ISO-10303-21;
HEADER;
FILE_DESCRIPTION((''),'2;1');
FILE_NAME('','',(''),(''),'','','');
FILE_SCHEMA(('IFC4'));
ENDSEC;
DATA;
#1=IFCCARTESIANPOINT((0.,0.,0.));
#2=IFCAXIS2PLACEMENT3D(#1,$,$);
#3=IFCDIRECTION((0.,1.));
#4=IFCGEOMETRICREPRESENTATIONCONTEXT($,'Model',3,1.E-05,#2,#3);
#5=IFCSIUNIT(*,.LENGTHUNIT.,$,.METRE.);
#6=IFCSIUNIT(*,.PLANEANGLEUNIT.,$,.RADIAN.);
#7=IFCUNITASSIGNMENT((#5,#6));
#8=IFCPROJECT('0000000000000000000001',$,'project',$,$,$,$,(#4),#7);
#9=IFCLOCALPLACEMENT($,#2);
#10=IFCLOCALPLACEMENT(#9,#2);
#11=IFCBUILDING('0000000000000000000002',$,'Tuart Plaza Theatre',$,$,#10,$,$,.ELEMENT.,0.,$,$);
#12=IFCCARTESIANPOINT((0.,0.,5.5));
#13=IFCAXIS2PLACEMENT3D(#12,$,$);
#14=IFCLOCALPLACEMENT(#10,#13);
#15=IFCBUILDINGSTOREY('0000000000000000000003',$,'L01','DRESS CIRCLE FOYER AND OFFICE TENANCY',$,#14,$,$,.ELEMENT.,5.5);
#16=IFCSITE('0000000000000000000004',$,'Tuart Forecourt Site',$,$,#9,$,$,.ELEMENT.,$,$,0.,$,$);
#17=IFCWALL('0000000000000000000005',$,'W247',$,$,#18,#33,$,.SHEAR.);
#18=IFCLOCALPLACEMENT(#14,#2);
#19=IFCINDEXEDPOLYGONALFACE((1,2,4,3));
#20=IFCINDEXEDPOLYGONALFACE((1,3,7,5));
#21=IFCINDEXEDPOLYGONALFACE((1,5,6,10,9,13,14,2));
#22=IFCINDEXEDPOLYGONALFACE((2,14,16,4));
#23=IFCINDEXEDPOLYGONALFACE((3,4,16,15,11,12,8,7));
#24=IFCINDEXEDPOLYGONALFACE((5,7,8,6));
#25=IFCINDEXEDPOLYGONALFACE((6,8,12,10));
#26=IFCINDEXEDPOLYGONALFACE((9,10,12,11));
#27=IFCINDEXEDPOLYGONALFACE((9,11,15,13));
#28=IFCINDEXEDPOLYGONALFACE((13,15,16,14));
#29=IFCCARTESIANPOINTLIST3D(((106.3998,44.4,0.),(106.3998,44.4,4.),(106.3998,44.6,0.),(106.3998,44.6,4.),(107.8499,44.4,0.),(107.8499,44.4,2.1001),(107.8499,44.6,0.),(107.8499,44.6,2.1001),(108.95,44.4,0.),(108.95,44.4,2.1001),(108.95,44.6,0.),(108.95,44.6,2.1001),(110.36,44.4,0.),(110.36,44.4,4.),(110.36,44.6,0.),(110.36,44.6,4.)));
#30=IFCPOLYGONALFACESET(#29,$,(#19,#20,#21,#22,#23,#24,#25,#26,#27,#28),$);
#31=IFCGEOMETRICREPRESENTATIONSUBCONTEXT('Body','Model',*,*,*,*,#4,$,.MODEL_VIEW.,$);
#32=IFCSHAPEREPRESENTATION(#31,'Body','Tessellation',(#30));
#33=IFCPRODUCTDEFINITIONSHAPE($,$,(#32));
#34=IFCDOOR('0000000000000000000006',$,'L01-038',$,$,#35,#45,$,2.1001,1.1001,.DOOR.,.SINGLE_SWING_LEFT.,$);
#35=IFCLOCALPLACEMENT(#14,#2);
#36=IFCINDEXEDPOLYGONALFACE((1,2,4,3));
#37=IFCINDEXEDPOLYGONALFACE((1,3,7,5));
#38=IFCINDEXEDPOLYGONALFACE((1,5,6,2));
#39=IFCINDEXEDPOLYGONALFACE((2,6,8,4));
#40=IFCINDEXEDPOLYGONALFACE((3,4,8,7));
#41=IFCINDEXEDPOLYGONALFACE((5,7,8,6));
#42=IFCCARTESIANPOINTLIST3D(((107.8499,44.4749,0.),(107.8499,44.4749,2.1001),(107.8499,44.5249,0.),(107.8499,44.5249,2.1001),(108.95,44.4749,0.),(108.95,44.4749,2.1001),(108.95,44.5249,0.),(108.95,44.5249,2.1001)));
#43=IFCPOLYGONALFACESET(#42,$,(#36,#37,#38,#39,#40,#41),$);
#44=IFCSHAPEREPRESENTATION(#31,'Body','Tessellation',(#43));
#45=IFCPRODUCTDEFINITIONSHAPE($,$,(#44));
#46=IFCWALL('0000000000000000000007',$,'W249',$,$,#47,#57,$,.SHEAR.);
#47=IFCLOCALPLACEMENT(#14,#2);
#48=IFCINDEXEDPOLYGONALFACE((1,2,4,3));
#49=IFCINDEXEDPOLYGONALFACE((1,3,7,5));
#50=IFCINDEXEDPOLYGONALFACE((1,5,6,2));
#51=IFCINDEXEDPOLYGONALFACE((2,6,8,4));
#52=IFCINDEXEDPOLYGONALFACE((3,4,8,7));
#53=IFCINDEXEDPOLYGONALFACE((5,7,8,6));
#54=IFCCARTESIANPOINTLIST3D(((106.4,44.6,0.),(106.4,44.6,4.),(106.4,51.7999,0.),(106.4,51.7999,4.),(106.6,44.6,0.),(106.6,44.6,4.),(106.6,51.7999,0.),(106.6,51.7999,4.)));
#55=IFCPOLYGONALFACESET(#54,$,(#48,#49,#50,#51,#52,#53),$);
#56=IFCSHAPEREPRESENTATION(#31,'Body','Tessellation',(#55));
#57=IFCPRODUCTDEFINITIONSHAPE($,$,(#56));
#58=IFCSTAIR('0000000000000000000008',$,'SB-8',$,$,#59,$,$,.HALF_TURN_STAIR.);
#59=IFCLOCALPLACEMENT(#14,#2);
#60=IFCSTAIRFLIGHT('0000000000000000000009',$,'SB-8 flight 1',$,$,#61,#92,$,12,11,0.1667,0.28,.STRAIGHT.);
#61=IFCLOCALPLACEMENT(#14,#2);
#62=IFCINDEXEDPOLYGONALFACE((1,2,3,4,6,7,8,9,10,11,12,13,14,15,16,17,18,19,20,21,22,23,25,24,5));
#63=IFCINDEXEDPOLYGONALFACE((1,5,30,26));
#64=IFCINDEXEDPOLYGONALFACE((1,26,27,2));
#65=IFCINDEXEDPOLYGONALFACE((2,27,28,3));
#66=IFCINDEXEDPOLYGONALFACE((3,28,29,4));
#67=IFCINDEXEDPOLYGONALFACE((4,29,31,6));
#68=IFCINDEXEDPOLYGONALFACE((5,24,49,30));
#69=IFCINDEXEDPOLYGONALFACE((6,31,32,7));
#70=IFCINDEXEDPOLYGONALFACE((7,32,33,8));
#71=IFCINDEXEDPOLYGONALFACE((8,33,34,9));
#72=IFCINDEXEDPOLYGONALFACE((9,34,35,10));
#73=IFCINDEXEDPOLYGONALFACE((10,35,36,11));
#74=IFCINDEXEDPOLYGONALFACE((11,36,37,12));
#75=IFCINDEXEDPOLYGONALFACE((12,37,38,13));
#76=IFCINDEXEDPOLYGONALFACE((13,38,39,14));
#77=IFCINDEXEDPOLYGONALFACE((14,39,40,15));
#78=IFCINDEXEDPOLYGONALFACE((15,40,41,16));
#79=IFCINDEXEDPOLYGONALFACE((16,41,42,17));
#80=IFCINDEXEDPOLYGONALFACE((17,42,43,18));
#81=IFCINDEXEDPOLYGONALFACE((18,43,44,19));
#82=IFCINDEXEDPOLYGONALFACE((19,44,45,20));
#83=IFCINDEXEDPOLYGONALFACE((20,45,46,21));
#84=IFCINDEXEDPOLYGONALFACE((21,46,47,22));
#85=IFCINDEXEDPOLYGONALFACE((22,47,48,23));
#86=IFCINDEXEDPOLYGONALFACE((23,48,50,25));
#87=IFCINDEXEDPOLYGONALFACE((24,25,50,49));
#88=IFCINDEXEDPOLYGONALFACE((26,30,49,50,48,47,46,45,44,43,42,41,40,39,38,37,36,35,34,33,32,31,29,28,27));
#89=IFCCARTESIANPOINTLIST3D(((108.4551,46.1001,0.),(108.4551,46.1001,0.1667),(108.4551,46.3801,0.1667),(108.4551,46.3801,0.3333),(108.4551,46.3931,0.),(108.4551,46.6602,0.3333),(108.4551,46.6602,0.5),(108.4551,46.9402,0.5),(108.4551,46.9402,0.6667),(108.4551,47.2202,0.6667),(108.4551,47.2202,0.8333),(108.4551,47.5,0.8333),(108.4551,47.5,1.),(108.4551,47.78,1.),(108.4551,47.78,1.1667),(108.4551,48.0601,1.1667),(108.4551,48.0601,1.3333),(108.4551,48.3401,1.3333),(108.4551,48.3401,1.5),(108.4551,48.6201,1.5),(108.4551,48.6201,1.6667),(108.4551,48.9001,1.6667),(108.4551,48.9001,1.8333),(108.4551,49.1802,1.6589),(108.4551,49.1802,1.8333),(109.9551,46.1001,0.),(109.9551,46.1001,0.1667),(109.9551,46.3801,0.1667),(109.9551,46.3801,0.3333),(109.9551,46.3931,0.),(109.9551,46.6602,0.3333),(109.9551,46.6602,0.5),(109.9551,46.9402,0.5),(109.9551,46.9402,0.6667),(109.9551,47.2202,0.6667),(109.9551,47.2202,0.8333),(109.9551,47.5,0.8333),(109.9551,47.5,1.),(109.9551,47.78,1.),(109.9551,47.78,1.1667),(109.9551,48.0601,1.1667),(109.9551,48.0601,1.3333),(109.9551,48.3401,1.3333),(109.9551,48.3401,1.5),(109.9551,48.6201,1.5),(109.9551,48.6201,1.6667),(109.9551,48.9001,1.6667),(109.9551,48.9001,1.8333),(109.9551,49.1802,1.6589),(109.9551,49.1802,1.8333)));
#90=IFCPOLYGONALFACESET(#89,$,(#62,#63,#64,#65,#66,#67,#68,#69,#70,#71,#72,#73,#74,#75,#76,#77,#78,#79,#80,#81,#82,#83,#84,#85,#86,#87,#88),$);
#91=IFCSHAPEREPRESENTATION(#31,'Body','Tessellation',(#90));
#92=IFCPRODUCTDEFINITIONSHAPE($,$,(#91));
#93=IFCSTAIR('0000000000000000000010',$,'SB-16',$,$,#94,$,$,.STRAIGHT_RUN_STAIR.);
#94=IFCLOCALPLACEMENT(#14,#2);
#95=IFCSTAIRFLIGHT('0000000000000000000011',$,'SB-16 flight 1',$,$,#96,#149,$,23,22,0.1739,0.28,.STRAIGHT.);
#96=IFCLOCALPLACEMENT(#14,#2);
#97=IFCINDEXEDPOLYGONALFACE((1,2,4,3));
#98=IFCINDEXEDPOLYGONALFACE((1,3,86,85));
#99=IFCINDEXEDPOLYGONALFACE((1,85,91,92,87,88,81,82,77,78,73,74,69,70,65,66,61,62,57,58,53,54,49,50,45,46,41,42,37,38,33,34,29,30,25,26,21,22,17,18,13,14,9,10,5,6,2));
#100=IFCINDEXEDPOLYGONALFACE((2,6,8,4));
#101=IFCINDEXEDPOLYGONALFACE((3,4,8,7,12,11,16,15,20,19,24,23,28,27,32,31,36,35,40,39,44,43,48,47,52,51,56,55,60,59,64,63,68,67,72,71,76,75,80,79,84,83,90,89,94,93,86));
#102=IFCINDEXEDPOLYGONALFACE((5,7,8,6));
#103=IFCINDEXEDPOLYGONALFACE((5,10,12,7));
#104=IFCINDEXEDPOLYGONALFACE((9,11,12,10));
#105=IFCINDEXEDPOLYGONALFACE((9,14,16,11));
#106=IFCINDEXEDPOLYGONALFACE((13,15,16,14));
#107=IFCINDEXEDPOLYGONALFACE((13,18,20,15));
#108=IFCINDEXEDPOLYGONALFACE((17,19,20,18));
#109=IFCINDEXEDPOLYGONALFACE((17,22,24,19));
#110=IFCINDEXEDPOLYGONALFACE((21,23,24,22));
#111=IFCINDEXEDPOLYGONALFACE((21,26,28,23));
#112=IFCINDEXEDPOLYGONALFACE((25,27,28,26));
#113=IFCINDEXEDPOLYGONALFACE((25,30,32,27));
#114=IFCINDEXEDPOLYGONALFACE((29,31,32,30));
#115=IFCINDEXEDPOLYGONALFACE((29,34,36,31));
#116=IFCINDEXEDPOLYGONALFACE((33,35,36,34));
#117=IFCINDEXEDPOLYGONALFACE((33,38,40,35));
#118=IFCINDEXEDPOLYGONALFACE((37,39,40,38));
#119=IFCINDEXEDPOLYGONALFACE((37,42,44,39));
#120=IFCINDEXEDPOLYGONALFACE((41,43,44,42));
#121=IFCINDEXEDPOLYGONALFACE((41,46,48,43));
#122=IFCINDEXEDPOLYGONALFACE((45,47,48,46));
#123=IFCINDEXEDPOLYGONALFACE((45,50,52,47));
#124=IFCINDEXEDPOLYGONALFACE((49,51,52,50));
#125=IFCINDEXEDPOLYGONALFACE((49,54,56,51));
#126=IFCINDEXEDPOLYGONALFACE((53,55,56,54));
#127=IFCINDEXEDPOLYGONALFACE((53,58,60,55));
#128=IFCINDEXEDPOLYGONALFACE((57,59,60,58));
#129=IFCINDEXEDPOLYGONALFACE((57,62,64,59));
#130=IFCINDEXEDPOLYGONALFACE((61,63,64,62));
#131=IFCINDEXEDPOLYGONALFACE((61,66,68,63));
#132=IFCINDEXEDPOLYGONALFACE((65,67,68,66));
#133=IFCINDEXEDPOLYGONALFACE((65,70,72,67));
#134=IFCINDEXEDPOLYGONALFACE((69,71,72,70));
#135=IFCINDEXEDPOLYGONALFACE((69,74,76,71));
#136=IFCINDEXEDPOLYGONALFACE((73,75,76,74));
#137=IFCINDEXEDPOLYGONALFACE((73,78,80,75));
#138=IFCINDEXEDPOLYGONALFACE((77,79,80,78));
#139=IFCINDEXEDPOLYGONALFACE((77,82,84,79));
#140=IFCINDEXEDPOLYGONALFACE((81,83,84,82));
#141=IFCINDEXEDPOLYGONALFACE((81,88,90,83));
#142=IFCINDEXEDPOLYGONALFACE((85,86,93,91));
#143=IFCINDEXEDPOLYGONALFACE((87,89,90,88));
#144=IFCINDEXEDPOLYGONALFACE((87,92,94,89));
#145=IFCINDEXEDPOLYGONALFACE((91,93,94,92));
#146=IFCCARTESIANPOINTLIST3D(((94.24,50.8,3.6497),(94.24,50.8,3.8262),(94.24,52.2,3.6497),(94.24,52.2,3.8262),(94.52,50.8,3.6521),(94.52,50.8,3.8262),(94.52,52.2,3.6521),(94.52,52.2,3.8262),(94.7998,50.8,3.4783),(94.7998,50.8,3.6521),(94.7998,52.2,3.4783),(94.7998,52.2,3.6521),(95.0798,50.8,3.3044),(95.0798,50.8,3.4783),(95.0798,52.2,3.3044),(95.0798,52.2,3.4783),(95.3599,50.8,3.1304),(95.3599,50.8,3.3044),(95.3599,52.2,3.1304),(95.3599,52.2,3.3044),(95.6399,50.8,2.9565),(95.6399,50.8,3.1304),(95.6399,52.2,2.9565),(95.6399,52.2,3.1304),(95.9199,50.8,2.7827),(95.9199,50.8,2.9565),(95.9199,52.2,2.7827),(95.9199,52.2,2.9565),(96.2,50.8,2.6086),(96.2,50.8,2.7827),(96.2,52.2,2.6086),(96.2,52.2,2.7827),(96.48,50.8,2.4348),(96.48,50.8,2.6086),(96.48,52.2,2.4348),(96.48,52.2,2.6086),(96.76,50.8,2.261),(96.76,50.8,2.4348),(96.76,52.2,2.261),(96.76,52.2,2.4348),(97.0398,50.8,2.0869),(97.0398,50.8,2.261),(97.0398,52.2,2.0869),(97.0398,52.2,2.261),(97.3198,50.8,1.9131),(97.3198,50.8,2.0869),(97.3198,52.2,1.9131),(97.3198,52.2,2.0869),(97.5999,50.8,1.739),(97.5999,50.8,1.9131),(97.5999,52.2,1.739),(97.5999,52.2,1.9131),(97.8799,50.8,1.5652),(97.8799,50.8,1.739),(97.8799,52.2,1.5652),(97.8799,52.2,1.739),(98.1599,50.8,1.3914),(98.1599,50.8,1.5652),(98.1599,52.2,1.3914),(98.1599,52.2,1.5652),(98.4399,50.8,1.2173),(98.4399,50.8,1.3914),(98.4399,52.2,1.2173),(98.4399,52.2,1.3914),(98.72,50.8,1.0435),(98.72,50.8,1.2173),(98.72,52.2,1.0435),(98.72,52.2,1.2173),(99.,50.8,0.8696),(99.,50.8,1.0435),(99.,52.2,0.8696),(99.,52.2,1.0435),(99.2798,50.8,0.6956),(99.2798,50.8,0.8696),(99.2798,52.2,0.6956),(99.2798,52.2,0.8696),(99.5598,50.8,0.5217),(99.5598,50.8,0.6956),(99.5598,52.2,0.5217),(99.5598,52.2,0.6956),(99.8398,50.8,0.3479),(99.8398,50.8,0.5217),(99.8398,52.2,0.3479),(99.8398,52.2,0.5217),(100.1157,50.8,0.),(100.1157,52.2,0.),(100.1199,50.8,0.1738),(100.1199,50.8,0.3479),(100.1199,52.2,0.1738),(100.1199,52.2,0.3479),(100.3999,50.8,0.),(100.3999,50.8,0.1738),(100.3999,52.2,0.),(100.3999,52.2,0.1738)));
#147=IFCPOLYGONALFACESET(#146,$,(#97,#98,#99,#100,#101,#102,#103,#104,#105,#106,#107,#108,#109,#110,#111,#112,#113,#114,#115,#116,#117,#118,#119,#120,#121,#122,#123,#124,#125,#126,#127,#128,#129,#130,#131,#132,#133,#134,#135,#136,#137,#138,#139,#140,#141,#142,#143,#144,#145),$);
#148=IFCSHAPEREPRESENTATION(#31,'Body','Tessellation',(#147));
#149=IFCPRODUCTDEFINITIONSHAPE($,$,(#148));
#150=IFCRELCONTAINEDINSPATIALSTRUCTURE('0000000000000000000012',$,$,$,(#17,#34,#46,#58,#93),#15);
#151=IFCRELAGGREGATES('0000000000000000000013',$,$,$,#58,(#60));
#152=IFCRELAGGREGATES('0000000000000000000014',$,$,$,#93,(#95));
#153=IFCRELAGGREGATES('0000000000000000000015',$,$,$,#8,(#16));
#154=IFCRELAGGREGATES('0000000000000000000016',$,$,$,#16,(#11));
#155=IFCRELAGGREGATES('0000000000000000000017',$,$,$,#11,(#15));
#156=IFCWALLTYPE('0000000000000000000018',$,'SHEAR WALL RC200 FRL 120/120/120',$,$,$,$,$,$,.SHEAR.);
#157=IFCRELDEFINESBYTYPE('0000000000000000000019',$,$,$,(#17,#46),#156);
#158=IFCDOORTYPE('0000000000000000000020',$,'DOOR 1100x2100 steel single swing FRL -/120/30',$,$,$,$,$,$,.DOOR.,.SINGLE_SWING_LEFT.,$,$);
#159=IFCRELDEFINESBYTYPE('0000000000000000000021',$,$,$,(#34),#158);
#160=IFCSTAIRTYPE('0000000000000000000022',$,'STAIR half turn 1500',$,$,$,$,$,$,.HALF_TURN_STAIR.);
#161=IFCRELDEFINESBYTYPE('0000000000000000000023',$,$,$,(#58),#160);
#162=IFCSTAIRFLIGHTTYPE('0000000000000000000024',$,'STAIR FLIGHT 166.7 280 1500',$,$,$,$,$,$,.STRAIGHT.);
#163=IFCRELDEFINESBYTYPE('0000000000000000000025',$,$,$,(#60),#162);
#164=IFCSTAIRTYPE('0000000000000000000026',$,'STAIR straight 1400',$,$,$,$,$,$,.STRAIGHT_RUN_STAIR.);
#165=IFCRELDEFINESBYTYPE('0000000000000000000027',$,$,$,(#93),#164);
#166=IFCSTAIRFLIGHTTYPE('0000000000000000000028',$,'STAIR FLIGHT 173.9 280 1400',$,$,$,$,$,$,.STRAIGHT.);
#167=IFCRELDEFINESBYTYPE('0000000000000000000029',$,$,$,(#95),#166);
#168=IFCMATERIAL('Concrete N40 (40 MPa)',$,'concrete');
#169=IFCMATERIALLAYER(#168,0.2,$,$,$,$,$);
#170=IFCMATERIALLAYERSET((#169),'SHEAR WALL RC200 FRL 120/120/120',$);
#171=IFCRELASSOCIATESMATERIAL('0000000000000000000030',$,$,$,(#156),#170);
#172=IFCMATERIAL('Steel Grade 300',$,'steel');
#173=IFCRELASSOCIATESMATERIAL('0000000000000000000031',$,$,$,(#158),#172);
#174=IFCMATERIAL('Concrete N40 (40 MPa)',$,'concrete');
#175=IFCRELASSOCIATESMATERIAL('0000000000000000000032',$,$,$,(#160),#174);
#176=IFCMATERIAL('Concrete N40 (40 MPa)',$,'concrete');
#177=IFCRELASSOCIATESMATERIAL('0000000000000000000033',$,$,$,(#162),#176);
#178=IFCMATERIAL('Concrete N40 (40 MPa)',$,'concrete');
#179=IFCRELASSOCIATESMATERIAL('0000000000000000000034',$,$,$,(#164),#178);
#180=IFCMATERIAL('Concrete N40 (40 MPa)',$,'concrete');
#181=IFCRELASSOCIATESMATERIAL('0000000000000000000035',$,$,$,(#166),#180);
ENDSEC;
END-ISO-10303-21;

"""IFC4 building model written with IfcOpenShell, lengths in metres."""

from ifc_helpers import new_model, si_unit, direction, frame, frame_2d, origin, place, context, subcontext, project, spatial, polyline, rectangle, outline, extrude, material, layer, layer_set, type_object, element, fill, aggregate, save


model = new_model("IFC4")

# Units and contexts
model_context = context("Model", 3, precision=1e-05, world=origin(), true_north=direction((0.0, 1.0)))
body_context = subcontext(model_context, "Body", "Model", "MODEL_VIEW")
ifc_project = project(units=[si_unit("LENGTHUNIT", "METRE"), si_unit("PLANEANGLEUNIT", "RADIAN")], contexts=[model_context])

# Site, building, storey
site_placement = place(None, origin())
site = spatial("IfcSite", under=ifc_project, at=site_placement, Name="Tuart Forecourt Site", CompositionType="ELEMENT", RefElevation=0.0)
building_placement = place(site_placement, origin())
building = spatial("IfcBuilding", under=site, at=building_placement, Name="Tuart Plaza Theatre", CompositionType="ELEMENT", ElevationOfRefHeight=0.0)
storey_placement = place(building_placement, frame((0.0, 0.0, 5.5)))
storey = spatial("IfcBuildingStorey", under=building, at=storey_placement, Name="L01", Description="DRESS CIRCLE FOYER AND OFFICE TENANCY", CompositionType="ELEMENT", Elevation=5.5)

# Wall, opening, door
ifc_material_1 = material(Name="Concrete N40 (40 MPa)", Category="concrete")
ifc_layer_1 = layer(ifc_material_1, 0.2)
ifc_layer_set_1 = layer_set([ifc_layer_1], Name="SHEAR WALL RC200 FRL 120/120/120")
wall_type = type_object("IfcWallType", Name="SHEAR WALL RC200 FRL 120/120/120", PredefinedType="SHEAR", material=ifc_layer_set_1)
wall_1_placement = place(storey_placement, frame((106.3999, 44.5, 0.0), z_axis=(0.0, 0.0, 1.0), x_axis=(1.0, 0.0, 0.0)))
wall_1 = element("IfcWall", 1, at=wall_1_placement, inside=storey, type_object=wall_type, Name="W247", PredefinedType="SHEAR", context=body_context, shape_type="SweptSolid", body=[
    extrude(rectangle(XDim=3.9602, YDim=0.2, at=frame_2d((1.98, 0.0))), origin(), (0.0, 0.0, 1.0), 4.0),
])
opening_placement = place(wall_1_placement, frame((1.45, 0.0, 0.0)))
opening = element("IfcOpeningElement", 2, at=opening_placement, cuts=wall_1, PredefinedType="OPENING", context=body_context, shape_type="SweptSolid", body=[
    extrude(rectangle(XDim=1.1001, YDim=2.1001, at=frame_2d((0.55, 1.05))), frame((0.0, 0.1099, 0.0), z_axis=(0.0, -1.0, 0.0), x_axis=(1.0, 0.0, 0.0)), (0.0, 0.0, 1.0), 0.22),
])
ifc_material_2 = material(Name="Steel Grade 300", Category="steel")
door_type = type_object("IfcDoorType", Name="DOOR 1100x2100 steel single swing FRL -/120/30", OperationType="SINGLE_SWING_LEFT", PredefinedType="DOOR", material=ifc_material_2)
door_placement = place(opening_placement, origin())
door = element("IfcDoor", 3, at=door_placement, inside=storey, type_object=door_type, Name="L01-038", OperationType="SINGLE_SWING_LEFT", OverallHeight=2.1001, OverallWidth=1.1001, PredefinedType="DOOR", context=body_context, shape_type="SweptSolid", body=[
    extrude(rectangle(XDim=1.1001, YDim=2.1001, at=frame_2d((0.55, 1.05))), frame((0.0, 0.0249, 0.0), z_axis=(0.0, -1.0, 0.0), x_axis=(1.0, 0.0, 0.0)), (0.0, 0.0, 1.0), 0.05),
])
fill(opening, door)

# Wall
wall_2_placement = place(storey_placement, frame((106.5, 51.8, 0.0), z_axis=(0.0, 0.0, 1.0), x_axis=(0.0, -1.0, 0.0)))
element("IfcWall", 4, at=wall_2_placement, inside=storey, type_object=wall_type, Name="W249", PredefinedType="SHEAR", context=body_context, shape_type="SweptSolid", body=[
    extrude(rectangle(XDim=7.2, YDim=0.2, at=frame_2d((3.6001, 0.0))), origin(), (0.0, 0.0, 1.0), 4.0),
])

# Stairs, stair flights
ifc_material_3 = material(Name="Concrete N40 (40 MPa)", Category="concrete")
stair_type_1 = type_object("IfcStairType", Name="STAIR half turn 1500", PredefinedType="HALF_TURN_STAIR", material=ifc_material_3)
stair_1_placement = place(storey_placement, origin())
stair_1 = element("IfcStair", 5, at=stair_1_placement, inside=storey, type_object=stair_type_1, Name="SB-8", PredefinedType="HALF_TURN_STAIR")
ifc_material_4 = material(Name="Concrete N40 (40 MPa)", Category="concrete")
stair_flight_type_1 = type_object("IfcStairFlightType", Name="STAIR FLIGHT 166.7 280 1500", PredefinedType="STRAIGHT", material=ifc_material_4)
stair_flight_1_placement = place(storey_placement, frame((109.2051, 46.1001, 0.0), z_axis=(0.0, 0.0, 1.0), x_axis=(0.0, 1.0, 0.0)))
stair_flight_1 = element("IfcStairFlight", 6, at=stair_flight_1_placement, type_object=stair_flight_type_1, Name="SB-8 flight 1", NumberOfRisers=12, NumberOfTreads=11, PredefinedType="STRAIGHT", RiserHeight=0.1667, TreadLength=0.28, context=body_context, shape_type="SweptSolid", body=[
    extrude(outline(polyline([(0.0, 0.0), (0.0, 0.1667), (0.28, 0.1667), (0.28, 0.3333), (0.5601, 0.3333), (0.5601, 0.5), (0.8401, 0.5), (0.8401, 0.6667), (1.1201, 0.6667), (1.1201, 0.8333), (1.3999, 0.8333), (1.3999, 1.0), (1.6799, 1.0), (1.6799, 1.1667), (1.96, 1.1667), (1.96, 1.3333), (2.24, 1.3333), (2.24, 1.5), (2.52, 1.5), (2.52, 1.6667), (2.8, 1.6667), (2.8, 1.8333), (3.0801, 1.8333), (3.0801, 2.0), (3.0801, 1.6589), (0.293, 0.0), (0.0, 0.0)])), frame((0.0, 0.75, 0.0), z_axis=(0.0, -1.0, 0.0), x_axis=(1.0, 0.0, 0.0)), (0.0, 0.0, 1.0), 1.5),
])
aggregate(stair_1, [stair_flight_1])
ifc_material_5 = material(Name="Concrete N40 (40 MPa)", Category="concrete")
stair_type_2 = type_object("IfcStairType", Name="STAIR straight 1400", PredefinedType="STRAIGHT_RUN_STAIR", material=ifc_material_5)
stair_2_placement = place(storey_placement, origin())
stair_2 = element("IfcStair", 7, at=stair_2_placement, inside=storey, type_object=stair_type_2, Name="SB-16", PredefinedType="STRAIGHT_RUN_STAIR")
ifc_material_6 = material(Name="Concrete N40 (40 MPa)", Category="concrete")
stair_flight_type_2 = type_object("IfcStairFlightType", Name="STAIR FLIGHT 173.9 280 1400", PredefinedType="STRAIGHT", material=ifc_material_6)
stair_flight_2_placement = place(storey_placement, frame((100.3999, 51.5, 0.0), z_axis=(0.0, 0.0, 1.0), x_axis=(-1.0, 0.0, 0.0)))
stair_flight_2 = element("IfcStairFlight", 8, at=stair_flight_2_placement, type_object=stair_flight_type_2, Name="SB-16 flight 1", NumberOfRisers=23, NumberOfTreads=22, PredefinedType="STRAIGHT", RiserHeight=0.1739, TreadLength=0.28, context=body_context, shape_type="SweptSolid", body=[
    extrude(outline(polyline([(0.0, 0.0), (0.0, 0.1738), (0.28, 0.1738), (0.28, 0.3479), (0.5601, 0.3479), (0.5601, 0.5217), (0.8401, 0.5217), (0.8401, 0.6956), (1.1201, 0.6956), (1.1201, 0.8696), (1.3999, 0.8696), (1.3999, 1.0435), (1.6799, 1.0435), (1.6799, 1.2173), (1.96, 1.2173), (1.96, 1.3914), (2.24, 1.3914), (2.24, 1.5652), (2.52, 1.5652), (2.52, 1.739), (2.8, 1.739), (2.8, 1.9131), (3.0801, 1.9131), (3.0801, 2.0869), (3.3601, 2.0869), (3.3601, 2.261), (3.6399, 2.261), (3.6399, 2.4348), (3.9199, 2.4348), (3.9199, 2.6086), (4.2, 2.6086), (4.2, 2.7827), (4.48, 2.7827), (4.48, 2.9565), (4.76, 2.9565), (4.76, 3.1304), (5.04, 3.1304), (5.04, 3.3044), (5.3201, 3.3044), (5.3201, 3.4783), (5.6001, 3.4783), (5.6001, 3.6521), (5.8799, 3.6521), (5.8799, 3.8262), (6.1599, 3.8262), (6.1599, 4.0), (6.1599, 3.6497), (0.2842, 0.0), (0.0, 0.0)])), frame((0.0, 0.7, 0.0), z_axis=(0.0, -1.0, 0.0), x_axis=(1.0, 0.0, 0.0)), (0.0, 0.0, 1.0), 1.3999),
])
aggregate(stair_2, [stair_flight_2])

save(model, "model.ifc")
